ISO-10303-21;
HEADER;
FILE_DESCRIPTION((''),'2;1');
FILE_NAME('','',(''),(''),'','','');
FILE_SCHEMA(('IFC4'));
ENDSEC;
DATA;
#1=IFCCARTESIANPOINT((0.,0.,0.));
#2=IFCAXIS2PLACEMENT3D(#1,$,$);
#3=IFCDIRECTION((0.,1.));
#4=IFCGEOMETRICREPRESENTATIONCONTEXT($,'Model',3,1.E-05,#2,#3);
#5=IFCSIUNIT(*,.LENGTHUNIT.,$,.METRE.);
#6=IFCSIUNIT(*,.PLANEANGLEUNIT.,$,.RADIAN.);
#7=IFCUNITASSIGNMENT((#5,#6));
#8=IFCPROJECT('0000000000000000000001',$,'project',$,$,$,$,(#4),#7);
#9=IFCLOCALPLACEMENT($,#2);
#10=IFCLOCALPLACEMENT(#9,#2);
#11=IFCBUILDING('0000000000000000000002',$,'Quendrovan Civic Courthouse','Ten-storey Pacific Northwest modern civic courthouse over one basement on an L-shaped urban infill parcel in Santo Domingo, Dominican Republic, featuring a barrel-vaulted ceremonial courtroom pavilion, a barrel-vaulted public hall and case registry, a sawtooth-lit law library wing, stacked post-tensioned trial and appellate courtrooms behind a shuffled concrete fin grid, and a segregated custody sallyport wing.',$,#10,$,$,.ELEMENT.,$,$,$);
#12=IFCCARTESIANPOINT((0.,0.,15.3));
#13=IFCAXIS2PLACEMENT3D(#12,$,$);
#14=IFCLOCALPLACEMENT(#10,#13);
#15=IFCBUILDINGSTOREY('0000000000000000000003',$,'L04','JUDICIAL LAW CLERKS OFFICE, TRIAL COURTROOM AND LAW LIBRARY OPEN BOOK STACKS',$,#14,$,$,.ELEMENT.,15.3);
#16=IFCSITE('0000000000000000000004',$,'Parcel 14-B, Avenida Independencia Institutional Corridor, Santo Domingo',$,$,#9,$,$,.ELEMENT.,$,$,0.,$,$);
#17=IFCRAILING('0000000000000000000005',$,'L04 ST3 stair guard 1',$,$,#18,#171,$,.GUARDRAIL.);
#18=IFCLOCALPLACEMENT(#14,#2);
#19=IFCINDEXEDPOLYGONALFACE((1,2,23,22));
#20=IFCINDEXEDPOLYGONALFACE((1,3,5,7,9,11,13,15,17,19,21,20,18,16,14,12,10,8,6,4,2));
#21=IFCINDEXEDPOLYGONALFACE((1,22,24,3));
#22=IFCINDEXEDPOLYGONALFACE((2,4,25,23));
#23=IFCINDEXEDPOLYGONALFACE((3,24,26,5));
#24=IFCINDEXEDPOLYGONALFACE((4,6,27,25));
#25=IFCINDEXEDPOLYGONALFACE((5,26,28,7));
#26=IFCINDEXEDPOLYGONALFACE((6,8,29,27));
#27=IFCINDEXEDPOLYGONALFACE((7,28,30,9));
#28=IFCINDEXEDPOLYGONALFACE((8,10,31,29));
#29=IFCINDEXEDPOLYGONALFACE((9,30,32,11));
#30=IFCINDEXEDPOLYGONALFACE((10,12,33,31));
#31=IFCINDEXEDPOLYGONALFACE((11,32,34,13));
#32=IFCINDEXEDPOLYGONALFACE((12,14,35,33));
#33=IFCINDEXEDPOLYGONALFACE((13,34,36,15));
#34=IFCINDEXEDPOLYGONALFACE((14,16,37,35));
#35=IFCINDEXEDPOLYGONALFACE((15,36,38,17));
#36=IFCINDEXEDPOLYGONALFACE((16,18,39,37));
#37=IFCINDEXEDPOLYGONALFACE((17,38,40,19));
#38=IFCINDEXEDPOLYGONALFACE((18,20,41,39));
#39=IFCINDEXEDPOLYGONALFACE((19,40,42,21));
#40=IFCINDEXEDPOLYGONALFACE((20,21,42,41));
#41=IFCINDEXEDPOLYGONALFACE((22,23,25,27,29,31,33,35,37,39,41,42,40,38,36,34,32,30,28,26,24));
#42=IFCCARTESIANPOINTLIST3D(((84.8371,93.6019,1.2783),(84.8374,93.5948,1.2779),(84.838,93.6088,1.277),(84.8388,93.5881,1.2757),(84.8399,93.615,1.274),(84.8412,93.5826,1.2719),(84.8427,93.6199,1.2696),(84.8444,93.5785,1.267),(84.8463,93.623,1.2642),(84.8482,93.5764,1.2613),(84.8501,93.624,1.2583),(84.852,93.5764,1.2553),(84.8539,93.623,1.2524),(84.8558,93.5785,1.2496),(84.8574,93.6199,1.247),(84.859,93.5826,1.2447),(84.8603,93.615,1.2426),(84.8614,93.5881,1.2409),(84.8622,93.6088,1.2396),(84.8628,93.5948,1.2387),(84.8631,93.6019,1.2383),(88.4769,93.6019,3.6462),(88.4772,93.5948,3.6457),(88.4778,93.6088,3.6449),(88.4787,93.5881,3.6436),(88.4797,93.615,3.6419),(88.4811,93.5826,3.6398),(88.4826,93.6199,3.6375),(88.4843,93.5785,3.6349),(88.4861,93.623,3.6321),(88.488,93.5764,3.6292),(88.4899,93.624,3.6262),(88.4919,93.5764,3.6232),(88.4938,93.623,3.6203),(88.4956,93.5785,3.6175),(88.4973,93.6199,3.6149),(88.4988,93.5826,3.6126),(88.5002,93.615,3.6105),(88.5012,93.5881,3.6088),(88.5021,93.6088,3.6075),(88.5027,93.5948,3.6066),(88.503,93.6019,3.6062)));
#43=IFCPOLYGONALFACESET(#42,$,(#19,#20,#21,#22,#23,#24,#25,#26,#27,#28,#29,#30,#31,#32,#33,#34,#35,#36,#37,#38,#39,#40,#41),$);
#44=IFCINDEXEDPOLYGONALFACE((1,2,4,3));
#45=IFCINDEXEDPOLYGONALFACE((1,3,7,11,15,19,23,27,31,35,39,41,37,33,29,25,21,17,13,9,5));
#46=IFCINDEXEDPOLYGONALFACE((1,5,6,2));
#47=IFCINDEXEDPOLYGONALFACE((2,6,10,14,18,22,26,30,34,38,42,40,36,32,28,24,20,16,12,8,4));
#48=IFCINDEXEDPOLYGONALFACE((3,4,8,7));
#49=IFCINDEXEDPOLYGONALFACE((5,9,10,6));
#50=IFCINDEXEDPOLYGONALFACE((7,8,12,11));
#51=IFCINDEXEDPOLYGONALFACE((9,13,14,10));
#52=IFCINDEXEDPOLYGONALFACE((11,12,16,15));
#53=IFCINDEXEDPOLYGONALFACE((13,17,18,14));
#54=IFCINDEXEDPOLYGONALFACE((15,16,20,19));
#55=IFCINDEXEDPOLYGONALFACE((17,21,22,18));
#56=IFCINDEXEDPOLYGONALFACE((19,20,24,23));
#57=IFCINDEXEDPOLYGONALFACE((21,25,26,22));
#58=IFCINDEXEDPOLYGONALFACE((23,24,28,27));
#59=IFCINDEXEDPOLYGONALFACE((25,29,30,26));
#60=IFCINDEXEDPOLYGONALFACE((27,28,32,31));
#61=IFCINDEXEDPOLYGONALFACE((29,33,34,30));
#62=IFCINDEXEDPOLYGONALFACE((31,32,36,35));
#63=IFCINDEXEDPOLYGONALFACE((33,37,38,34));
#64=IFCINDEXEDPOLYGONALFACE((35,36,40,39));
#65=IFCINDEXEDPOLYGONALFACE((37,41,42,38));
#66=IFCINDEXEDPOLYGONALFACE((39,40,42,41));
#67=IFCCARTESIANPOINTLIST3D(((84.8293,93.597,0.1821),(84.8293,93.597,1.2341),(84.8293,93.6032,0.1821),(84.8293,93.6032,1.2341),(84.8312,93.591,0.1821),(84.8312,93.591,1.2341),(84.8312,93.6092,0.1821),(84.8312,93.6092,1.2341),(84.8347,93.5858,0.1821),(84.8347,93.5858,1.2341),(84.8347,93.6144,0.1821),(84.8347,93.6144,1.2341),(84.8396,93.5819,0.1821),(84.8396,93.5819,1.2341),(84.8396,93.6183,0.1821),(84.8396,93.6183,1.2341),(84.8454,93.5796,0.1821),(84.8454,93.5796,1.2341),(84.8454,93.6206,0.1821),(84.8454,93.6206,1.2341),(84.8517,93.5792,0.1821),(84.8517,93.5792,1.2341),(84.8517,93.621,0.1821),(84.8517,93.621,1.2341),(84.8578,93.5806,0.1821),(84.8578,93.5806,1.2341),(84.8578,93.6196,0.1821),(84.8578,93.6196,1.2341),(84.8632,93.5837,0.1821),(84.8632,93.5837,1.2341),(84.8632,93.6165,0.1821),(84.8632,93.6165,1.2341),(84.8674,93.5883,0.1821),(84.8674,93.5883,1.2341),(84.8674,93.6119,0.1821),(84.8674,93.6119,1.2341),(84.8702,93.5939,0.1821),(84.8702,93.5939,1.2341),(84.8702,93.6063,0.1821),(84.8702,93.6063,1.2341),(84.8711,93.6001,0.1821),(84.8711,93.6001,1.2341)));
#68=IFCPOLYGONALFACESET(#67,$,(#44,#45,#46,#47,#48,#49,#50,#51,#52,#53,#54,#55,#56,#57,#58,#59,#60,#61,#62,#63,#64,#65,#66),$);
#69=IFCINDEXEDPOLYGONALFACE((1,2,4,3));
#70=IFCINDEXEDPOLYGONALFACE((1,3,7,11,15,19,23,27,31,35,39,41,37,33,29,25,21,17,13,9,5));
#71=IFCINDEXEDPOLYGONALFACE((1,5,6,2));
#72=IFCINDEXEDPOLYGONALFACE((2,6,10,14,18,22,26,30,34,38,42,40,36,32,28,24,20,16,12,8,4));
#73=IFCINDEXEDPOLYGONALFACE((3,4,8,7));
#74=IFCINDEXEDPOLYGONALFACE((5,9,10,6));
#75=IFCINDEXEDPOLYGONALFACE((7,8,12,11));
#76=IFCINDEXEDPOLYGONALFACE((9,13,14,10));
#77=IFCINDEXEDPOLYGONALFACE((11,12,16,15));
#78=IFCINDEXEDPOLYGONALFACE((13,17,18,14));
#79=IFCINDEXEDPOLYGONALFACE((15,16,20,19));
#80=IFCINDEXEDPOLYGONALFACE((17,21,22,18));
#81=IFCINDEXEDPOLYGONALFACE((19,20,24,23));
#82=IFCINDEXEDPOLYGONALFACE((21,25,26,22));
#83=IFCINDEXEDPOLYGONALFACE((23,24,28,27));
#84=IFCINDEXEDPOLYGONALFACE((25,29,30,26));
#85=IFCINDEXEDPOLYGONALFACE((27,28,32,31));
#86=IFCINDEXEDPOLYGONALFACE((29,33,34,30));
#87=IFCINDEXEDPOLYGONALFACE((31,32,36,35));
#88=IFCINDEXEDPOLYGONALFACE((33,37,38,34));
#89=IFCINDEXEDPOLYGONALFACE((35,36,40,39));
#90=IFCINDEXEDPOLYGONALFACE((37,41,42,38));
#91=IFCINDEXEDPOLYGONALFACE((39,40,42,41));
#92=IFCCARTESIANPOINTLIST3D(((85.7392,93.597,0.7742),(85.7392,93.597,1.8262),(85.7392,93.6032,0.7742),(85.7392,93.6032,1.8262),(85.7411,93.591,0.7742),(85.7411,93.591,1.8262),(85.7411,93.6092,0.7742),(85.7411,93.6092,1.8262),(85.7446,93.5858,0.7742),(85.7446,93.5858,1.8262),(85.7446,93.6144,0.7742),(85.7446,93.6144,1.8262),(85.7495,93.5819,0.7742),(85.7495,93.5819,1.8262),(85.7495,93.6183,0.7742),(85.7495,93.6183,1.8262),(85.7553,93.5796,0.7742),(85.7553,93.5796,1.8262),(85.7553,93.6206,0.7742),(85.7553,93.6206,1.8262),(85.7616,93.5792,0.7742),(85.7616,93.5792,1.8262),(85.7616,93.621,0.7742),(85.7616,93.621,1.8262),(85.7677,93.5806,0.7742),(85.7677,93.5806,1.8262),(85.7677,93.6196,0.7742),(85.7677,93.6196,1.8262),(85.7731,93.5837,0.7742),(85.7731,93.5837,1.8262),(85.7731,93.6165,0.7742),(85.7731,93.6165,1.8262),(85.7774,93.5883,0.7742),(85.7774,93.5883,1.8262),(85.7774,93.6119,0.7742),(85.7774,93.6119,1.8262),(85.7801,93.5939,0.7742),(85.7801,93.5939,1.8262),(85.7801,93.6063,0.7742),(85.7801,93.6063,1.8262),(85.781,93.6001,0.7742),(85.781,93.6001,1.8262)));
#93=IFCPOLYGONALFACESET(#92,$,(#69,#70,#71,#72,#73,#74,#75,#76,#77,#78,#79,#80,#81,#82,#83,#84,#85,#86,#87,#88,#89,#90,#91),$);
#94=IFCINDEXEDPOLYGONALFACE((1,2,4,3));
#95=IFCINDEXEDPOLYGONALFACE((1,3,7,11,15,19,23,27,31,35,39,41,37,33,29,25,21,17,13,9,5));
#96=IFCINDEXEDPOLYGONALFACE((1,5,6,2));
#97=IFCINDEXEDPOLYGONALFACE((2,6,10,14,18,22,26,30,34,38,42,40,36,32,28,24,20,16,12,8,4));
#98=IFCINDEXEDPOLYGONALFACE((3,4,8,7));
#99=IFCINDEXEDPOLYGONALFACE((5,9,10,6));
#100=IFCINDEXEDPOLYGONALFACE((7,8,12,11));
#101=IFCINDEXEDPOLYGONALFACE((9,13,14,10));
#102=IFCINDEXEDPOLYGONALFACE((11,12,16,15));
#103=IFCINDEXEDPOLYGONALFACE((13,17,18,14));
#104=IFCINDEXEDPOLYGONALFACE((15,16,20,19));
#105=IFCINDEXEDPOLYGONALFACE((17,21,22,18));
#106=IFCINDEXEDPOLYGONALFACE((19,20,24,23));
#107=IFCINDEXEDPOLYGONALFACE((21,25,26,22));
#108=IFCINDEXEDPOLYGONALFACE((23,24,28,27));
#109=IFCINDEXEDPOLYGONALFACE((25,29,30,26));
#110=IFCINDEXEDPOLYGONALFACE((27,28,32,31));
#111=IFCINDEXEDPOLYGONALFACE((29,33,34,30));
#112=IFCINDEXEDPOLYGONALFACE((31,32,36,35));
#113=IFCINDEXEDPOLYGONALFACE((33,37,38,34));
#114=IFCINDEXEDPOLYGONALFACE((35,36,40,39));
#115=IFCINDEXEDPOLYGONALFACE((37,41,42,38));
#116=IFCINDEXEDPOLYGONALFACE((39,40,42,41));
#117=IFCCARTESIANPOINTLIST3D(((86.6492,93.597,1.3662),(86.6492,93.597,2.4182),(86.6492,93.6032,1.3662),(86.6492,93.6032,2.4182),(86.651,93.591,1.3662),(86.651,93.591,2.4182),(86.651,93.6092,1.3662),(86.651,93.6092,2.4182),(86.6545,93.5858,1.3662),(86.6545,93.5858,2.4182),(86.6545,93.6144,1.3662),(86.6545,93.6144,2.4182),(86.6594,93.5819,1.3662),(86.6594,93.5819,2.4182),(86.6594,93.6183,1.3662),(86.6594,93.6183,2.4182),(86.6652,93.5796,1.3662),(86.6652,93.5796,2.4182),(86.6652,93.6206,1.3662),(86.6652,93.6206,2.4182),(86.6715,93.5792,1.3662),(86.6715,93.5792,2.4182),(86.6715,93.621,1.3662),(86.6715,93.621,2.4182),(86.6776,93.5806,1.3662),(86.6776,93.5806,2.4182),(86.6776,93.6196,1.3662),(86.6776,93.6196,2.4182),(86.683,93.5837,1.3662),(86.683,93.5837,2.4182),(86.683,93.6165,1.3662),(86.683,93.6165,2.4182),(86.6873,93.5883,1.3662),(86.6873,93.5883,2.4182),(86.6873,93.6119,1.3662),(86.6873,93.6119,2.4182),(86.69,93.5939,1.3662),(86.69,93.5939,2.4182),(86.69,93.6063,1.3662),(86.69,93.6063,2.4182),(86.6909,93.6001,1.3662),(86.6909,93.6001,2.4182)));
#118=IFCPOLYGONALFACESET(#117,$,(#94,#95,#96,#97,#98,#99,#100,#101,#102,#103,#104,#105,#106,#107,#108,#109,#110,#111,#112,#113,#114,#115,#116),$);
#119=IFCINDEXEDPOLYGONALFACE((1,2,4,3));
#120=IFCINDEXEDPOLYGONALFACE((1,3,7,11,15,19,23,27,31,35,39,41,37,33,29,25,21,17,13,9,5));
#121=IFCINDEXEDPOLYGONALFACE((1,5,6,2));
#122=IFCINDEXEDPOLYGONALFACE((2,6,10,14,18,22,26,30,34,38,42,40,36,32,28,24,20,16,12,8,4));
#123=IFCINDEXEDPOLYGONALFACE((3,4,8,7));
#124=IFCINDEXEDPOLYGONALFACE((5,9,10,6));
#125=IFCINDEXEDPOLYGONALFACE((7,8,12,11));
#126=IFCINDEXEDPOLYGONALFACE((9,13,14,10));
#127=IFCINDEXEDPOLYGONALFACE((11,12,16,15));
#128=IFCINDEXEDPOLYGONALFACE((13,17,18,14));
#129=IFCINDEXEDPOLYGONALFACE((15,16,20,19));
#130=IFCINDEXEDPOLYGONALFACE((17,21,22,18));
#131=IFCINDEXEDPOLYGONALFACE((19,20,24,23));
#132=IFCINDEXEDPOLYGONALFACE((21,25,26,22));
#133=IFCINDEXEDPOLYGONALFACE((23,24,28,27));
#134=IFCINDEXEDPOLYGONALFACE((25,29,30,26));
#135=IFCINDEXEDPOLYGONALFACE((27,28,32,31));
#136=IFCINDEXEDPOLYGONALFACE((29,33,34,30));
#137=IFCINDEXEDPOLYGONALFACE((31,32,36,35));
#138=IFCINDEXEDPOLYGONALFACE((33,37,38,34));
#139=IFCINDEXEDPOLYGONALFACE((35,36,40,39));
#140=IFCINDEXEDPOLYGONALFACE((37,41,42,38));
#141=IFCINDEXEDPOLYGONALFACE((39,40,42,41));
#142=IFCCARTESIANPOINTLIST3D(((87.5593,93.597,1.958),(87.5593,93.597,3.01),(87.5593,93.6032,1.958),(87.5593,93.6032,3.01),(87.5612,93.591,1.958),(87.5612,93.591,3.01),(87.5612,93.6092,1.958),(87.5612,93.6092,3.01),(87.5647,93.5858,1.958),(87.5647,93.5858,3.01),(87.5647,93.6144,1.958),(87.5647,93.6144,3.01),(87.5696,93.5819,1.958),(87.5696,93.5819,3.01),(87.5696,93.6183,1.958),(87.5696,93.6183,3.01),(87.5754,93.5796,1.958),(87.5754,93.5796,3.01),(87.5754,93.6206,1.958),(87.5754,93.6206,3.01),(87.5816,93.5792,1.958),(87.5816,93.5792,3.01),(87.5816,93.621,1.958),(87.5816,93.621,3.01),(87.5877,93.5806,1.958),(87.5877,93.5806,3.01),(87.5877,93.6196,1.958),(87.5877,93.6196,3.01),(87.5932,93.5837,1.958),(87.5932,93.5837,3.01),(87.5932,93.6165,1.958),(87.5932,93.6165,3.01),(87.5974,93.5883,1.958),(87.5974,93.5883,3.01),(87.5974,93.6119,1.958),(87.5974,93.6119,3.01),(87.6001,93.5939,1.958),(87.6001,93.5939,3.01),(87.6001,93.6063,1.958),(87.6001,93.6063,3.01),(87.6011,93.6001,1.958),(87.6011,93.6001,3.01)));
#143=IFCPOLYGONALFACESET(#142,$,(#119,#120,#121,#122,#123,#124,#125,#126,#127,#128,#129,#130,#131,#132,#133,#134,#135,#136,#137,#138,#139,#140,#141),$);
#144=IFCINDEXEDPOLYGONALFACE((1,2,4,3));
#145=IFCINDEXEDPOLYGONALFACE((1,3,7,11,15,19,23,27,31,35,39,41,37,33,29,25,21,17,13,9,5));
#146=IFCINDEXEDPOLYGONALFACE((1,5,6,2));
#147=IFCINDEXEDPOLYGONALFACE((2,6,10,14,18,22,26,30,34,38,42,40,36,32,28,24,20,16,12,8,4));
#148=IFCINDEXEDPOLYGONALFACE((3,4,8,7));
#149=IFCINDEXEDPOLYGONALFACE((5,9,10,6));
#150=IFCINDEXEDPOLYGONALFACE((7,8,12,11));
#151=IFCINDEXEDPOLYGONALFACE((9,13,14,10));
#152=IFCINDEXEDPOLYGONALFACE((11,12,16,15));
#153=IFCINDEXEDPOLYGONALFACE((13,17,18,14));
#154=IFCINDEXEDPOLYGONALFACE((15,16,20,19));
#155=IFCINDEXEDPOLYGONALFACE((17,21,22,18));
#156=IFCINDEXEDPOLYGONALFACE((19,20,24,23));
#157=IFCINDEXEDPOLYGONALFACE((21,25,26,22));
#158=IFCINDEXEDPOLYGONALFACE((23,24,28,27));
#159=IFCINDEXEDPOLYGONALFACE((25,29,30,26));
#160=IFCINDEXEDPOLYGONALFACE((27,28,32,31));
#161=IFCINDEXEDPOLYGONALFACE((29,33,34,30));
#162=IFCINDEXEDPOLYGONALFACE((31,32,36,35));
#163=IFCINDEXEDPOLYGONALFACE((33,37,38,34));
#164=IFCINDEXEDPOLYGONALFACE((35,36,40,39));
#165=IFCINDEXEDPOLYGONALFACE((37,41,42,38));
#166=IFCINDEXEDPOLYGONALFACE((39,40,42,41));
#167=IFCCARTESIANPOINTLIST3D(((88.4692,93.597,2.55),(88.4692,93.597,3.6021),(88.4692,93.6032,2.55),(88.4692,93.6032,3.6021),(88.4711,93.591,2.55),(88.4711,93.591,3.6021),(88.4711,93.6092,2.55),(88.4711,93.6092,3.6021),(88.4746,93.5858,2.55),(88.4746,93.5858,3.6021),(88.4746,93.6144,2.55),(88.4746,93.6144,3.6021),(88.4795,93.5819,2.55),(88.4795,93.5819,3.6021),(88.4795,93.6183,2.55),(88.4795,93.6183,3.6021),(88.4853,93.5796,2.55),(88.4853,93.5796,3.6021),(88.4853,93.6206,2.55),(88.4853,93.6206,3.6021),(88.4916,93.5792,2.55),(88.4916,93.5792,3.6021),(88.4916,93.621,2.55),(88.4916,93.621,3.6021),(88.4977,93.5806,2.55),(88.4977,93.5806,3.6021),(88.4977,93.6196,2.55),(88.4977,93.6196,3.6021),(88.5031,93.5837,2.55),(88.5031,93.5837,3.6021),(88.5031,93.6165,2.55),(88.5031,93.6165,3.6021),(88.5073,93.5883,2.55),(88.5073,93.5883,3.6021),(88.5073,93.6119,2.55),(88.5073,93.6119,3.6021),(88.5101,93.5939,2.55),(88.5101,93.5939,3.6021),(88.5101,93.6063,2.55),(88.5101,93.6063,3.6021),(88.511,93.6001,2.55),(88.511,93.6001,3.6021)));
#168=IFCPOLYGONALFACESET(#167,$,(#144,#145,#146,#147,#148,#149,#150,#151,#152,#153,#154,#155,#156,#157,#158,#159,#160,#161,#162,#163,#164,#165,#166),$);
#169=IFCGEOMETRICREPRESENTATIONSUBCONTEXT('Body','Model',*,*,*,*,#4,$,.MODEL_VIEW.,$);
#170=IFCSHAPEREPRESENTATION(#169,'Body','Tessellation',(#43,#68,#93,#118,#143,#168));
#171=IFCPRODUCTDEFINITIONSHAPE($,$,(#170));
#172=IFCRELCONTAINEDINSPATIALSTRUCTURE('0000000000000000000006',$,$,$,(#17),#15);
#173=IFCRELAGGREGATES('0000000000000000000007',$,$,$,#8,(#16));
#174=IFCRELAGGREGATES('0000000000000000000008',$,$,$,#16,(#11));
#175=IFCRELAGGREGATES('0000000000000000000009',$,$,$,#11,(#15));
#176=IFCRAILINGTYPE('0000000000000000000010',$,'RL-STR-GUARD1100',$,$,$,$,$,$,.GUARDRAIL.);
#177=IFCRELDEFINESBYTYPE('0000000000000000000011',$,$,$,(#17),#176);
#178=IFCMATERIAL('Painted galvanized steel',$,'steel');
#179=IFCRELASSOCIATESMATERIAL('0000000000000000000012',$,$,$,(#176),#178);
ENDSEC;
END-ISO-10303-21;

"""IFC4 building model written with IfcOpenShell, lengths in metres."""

from ifc_helpers import new_model, si_unit, direction, frame, origin, origin_2d, place, context, subcontext, project, spatial, circle, extrude, material, type_object, element, save


model = new_model("IFC4")

# Units and contexts
model_context = context("Model", 3, precision=1e-05, world=origin(), true_north=direction((0.0, 1.0)))
body_context = subcontext(model_context, "Body", "Model", "MODEL_VIEW")
ifc_project = project(units=[si_unit("LENGTHUNIT", "METRE"), si_unit("PLANEANGLEUNIT", "RADIAN")], contexts=[model_context])

# Site, building, storey
site_placement = place(None, origin())
site = spatial("IfcSite", under=ifc_project, at=site_placement, Name="Parcel 14-B, Avenida Independencia Institutional Corridor, Santo Domingo", CompositionType="ELEMENT", RefElevation=0.0)
building_placement = place(site_placement, origin())
building = spatial("IfcBuilding", under=site, at=building_placement, Name="Quendrovan Civic Courthouse", Description="Ten-storey Pacific Northwest modern civic courthouse over one basement on an L-shaped urban infill parcel in Santo Domingo, Dominican Republic, featuring a barrel-vaulted ceremonial courtroom pavilion, a barrel-vaulted public hall and case registry, a sawtooth-lit law library wing, stacked post-tensioned trial and appellate courtrooms behind a shuffled concrete fin grid, and a segregated custody sallyport wing.", CompositionType="ELEMENT")
storey_placement = place(building_placement, frame((0.0, 0.0, 15.3)))
storey = spatial("IfcBuildingStorey", under=building, at=storey_placement, Name="L04", Description="JUDICIAL LAW CLERKS OFFICE, TRIAL COURTROOM AND LAW LIBRARY OPEN BOOK STACKS", CompositionType="ELEMENT", Elevation=15.3)

# Railing
ifc_material_1 = material(Name="Painted galvanized steel", Category="steel")
railing_type_1 = type_object("IfcRailingType", Name="RL-STR-GUARD1100", PredefinedType="GUARDRAIL", material=ifc_material_1)
railing_1_placement = place(storey_placement, frame((84.8501, 93.6001, 0.1821)))
element("IfcRailing", 1, at=railing_1_placement, inside=storey, type_object=railing_type_1, Name="L04 ST3 stair guard 1", PredefinedType="GUARDRAIL", context=body_context, shape_type="SweptSolid", body=[
    extrude(circle(Radius=0.0239, at=origin_2d()), frame((0.0, 0.0, 1.0762), z_axis=(0.838234, 0.0, 0.54531), x_axis=(0.0, 1.0, 0.0)), (0.0, 0.0, 1.0), 4.3423),
    extrude(circle(Radius=0.021, at=origin_2d()), origin(), (0.0, 0.0, 1.0), 1.052),
    extrude(circle(Radius=0.021, at=origin_2d()), frame((0.9099, 0.0, 0.592)), (0.0, 0.0, 1.0), 1.052),
    extrude(circle(Radius=0.021, at=origin_2d()), frame((1.8198, 0.0, 1.1841)), (0.0, 0.0, 1.0), 1.052),
    extrude(circle(Radius=0.021, at=origin_2d()), frame((2.73, 0.0, 1.7759)), (0.0, 0.0, 1.0), 1.052),
    extrude(circle(Radius=0.021, at=origin_2d()), frame((3.6399, 0.0, 2.3679)), (0.0, 0.0, 1.0), 1.052),
])

save(model, "model.ifc")
